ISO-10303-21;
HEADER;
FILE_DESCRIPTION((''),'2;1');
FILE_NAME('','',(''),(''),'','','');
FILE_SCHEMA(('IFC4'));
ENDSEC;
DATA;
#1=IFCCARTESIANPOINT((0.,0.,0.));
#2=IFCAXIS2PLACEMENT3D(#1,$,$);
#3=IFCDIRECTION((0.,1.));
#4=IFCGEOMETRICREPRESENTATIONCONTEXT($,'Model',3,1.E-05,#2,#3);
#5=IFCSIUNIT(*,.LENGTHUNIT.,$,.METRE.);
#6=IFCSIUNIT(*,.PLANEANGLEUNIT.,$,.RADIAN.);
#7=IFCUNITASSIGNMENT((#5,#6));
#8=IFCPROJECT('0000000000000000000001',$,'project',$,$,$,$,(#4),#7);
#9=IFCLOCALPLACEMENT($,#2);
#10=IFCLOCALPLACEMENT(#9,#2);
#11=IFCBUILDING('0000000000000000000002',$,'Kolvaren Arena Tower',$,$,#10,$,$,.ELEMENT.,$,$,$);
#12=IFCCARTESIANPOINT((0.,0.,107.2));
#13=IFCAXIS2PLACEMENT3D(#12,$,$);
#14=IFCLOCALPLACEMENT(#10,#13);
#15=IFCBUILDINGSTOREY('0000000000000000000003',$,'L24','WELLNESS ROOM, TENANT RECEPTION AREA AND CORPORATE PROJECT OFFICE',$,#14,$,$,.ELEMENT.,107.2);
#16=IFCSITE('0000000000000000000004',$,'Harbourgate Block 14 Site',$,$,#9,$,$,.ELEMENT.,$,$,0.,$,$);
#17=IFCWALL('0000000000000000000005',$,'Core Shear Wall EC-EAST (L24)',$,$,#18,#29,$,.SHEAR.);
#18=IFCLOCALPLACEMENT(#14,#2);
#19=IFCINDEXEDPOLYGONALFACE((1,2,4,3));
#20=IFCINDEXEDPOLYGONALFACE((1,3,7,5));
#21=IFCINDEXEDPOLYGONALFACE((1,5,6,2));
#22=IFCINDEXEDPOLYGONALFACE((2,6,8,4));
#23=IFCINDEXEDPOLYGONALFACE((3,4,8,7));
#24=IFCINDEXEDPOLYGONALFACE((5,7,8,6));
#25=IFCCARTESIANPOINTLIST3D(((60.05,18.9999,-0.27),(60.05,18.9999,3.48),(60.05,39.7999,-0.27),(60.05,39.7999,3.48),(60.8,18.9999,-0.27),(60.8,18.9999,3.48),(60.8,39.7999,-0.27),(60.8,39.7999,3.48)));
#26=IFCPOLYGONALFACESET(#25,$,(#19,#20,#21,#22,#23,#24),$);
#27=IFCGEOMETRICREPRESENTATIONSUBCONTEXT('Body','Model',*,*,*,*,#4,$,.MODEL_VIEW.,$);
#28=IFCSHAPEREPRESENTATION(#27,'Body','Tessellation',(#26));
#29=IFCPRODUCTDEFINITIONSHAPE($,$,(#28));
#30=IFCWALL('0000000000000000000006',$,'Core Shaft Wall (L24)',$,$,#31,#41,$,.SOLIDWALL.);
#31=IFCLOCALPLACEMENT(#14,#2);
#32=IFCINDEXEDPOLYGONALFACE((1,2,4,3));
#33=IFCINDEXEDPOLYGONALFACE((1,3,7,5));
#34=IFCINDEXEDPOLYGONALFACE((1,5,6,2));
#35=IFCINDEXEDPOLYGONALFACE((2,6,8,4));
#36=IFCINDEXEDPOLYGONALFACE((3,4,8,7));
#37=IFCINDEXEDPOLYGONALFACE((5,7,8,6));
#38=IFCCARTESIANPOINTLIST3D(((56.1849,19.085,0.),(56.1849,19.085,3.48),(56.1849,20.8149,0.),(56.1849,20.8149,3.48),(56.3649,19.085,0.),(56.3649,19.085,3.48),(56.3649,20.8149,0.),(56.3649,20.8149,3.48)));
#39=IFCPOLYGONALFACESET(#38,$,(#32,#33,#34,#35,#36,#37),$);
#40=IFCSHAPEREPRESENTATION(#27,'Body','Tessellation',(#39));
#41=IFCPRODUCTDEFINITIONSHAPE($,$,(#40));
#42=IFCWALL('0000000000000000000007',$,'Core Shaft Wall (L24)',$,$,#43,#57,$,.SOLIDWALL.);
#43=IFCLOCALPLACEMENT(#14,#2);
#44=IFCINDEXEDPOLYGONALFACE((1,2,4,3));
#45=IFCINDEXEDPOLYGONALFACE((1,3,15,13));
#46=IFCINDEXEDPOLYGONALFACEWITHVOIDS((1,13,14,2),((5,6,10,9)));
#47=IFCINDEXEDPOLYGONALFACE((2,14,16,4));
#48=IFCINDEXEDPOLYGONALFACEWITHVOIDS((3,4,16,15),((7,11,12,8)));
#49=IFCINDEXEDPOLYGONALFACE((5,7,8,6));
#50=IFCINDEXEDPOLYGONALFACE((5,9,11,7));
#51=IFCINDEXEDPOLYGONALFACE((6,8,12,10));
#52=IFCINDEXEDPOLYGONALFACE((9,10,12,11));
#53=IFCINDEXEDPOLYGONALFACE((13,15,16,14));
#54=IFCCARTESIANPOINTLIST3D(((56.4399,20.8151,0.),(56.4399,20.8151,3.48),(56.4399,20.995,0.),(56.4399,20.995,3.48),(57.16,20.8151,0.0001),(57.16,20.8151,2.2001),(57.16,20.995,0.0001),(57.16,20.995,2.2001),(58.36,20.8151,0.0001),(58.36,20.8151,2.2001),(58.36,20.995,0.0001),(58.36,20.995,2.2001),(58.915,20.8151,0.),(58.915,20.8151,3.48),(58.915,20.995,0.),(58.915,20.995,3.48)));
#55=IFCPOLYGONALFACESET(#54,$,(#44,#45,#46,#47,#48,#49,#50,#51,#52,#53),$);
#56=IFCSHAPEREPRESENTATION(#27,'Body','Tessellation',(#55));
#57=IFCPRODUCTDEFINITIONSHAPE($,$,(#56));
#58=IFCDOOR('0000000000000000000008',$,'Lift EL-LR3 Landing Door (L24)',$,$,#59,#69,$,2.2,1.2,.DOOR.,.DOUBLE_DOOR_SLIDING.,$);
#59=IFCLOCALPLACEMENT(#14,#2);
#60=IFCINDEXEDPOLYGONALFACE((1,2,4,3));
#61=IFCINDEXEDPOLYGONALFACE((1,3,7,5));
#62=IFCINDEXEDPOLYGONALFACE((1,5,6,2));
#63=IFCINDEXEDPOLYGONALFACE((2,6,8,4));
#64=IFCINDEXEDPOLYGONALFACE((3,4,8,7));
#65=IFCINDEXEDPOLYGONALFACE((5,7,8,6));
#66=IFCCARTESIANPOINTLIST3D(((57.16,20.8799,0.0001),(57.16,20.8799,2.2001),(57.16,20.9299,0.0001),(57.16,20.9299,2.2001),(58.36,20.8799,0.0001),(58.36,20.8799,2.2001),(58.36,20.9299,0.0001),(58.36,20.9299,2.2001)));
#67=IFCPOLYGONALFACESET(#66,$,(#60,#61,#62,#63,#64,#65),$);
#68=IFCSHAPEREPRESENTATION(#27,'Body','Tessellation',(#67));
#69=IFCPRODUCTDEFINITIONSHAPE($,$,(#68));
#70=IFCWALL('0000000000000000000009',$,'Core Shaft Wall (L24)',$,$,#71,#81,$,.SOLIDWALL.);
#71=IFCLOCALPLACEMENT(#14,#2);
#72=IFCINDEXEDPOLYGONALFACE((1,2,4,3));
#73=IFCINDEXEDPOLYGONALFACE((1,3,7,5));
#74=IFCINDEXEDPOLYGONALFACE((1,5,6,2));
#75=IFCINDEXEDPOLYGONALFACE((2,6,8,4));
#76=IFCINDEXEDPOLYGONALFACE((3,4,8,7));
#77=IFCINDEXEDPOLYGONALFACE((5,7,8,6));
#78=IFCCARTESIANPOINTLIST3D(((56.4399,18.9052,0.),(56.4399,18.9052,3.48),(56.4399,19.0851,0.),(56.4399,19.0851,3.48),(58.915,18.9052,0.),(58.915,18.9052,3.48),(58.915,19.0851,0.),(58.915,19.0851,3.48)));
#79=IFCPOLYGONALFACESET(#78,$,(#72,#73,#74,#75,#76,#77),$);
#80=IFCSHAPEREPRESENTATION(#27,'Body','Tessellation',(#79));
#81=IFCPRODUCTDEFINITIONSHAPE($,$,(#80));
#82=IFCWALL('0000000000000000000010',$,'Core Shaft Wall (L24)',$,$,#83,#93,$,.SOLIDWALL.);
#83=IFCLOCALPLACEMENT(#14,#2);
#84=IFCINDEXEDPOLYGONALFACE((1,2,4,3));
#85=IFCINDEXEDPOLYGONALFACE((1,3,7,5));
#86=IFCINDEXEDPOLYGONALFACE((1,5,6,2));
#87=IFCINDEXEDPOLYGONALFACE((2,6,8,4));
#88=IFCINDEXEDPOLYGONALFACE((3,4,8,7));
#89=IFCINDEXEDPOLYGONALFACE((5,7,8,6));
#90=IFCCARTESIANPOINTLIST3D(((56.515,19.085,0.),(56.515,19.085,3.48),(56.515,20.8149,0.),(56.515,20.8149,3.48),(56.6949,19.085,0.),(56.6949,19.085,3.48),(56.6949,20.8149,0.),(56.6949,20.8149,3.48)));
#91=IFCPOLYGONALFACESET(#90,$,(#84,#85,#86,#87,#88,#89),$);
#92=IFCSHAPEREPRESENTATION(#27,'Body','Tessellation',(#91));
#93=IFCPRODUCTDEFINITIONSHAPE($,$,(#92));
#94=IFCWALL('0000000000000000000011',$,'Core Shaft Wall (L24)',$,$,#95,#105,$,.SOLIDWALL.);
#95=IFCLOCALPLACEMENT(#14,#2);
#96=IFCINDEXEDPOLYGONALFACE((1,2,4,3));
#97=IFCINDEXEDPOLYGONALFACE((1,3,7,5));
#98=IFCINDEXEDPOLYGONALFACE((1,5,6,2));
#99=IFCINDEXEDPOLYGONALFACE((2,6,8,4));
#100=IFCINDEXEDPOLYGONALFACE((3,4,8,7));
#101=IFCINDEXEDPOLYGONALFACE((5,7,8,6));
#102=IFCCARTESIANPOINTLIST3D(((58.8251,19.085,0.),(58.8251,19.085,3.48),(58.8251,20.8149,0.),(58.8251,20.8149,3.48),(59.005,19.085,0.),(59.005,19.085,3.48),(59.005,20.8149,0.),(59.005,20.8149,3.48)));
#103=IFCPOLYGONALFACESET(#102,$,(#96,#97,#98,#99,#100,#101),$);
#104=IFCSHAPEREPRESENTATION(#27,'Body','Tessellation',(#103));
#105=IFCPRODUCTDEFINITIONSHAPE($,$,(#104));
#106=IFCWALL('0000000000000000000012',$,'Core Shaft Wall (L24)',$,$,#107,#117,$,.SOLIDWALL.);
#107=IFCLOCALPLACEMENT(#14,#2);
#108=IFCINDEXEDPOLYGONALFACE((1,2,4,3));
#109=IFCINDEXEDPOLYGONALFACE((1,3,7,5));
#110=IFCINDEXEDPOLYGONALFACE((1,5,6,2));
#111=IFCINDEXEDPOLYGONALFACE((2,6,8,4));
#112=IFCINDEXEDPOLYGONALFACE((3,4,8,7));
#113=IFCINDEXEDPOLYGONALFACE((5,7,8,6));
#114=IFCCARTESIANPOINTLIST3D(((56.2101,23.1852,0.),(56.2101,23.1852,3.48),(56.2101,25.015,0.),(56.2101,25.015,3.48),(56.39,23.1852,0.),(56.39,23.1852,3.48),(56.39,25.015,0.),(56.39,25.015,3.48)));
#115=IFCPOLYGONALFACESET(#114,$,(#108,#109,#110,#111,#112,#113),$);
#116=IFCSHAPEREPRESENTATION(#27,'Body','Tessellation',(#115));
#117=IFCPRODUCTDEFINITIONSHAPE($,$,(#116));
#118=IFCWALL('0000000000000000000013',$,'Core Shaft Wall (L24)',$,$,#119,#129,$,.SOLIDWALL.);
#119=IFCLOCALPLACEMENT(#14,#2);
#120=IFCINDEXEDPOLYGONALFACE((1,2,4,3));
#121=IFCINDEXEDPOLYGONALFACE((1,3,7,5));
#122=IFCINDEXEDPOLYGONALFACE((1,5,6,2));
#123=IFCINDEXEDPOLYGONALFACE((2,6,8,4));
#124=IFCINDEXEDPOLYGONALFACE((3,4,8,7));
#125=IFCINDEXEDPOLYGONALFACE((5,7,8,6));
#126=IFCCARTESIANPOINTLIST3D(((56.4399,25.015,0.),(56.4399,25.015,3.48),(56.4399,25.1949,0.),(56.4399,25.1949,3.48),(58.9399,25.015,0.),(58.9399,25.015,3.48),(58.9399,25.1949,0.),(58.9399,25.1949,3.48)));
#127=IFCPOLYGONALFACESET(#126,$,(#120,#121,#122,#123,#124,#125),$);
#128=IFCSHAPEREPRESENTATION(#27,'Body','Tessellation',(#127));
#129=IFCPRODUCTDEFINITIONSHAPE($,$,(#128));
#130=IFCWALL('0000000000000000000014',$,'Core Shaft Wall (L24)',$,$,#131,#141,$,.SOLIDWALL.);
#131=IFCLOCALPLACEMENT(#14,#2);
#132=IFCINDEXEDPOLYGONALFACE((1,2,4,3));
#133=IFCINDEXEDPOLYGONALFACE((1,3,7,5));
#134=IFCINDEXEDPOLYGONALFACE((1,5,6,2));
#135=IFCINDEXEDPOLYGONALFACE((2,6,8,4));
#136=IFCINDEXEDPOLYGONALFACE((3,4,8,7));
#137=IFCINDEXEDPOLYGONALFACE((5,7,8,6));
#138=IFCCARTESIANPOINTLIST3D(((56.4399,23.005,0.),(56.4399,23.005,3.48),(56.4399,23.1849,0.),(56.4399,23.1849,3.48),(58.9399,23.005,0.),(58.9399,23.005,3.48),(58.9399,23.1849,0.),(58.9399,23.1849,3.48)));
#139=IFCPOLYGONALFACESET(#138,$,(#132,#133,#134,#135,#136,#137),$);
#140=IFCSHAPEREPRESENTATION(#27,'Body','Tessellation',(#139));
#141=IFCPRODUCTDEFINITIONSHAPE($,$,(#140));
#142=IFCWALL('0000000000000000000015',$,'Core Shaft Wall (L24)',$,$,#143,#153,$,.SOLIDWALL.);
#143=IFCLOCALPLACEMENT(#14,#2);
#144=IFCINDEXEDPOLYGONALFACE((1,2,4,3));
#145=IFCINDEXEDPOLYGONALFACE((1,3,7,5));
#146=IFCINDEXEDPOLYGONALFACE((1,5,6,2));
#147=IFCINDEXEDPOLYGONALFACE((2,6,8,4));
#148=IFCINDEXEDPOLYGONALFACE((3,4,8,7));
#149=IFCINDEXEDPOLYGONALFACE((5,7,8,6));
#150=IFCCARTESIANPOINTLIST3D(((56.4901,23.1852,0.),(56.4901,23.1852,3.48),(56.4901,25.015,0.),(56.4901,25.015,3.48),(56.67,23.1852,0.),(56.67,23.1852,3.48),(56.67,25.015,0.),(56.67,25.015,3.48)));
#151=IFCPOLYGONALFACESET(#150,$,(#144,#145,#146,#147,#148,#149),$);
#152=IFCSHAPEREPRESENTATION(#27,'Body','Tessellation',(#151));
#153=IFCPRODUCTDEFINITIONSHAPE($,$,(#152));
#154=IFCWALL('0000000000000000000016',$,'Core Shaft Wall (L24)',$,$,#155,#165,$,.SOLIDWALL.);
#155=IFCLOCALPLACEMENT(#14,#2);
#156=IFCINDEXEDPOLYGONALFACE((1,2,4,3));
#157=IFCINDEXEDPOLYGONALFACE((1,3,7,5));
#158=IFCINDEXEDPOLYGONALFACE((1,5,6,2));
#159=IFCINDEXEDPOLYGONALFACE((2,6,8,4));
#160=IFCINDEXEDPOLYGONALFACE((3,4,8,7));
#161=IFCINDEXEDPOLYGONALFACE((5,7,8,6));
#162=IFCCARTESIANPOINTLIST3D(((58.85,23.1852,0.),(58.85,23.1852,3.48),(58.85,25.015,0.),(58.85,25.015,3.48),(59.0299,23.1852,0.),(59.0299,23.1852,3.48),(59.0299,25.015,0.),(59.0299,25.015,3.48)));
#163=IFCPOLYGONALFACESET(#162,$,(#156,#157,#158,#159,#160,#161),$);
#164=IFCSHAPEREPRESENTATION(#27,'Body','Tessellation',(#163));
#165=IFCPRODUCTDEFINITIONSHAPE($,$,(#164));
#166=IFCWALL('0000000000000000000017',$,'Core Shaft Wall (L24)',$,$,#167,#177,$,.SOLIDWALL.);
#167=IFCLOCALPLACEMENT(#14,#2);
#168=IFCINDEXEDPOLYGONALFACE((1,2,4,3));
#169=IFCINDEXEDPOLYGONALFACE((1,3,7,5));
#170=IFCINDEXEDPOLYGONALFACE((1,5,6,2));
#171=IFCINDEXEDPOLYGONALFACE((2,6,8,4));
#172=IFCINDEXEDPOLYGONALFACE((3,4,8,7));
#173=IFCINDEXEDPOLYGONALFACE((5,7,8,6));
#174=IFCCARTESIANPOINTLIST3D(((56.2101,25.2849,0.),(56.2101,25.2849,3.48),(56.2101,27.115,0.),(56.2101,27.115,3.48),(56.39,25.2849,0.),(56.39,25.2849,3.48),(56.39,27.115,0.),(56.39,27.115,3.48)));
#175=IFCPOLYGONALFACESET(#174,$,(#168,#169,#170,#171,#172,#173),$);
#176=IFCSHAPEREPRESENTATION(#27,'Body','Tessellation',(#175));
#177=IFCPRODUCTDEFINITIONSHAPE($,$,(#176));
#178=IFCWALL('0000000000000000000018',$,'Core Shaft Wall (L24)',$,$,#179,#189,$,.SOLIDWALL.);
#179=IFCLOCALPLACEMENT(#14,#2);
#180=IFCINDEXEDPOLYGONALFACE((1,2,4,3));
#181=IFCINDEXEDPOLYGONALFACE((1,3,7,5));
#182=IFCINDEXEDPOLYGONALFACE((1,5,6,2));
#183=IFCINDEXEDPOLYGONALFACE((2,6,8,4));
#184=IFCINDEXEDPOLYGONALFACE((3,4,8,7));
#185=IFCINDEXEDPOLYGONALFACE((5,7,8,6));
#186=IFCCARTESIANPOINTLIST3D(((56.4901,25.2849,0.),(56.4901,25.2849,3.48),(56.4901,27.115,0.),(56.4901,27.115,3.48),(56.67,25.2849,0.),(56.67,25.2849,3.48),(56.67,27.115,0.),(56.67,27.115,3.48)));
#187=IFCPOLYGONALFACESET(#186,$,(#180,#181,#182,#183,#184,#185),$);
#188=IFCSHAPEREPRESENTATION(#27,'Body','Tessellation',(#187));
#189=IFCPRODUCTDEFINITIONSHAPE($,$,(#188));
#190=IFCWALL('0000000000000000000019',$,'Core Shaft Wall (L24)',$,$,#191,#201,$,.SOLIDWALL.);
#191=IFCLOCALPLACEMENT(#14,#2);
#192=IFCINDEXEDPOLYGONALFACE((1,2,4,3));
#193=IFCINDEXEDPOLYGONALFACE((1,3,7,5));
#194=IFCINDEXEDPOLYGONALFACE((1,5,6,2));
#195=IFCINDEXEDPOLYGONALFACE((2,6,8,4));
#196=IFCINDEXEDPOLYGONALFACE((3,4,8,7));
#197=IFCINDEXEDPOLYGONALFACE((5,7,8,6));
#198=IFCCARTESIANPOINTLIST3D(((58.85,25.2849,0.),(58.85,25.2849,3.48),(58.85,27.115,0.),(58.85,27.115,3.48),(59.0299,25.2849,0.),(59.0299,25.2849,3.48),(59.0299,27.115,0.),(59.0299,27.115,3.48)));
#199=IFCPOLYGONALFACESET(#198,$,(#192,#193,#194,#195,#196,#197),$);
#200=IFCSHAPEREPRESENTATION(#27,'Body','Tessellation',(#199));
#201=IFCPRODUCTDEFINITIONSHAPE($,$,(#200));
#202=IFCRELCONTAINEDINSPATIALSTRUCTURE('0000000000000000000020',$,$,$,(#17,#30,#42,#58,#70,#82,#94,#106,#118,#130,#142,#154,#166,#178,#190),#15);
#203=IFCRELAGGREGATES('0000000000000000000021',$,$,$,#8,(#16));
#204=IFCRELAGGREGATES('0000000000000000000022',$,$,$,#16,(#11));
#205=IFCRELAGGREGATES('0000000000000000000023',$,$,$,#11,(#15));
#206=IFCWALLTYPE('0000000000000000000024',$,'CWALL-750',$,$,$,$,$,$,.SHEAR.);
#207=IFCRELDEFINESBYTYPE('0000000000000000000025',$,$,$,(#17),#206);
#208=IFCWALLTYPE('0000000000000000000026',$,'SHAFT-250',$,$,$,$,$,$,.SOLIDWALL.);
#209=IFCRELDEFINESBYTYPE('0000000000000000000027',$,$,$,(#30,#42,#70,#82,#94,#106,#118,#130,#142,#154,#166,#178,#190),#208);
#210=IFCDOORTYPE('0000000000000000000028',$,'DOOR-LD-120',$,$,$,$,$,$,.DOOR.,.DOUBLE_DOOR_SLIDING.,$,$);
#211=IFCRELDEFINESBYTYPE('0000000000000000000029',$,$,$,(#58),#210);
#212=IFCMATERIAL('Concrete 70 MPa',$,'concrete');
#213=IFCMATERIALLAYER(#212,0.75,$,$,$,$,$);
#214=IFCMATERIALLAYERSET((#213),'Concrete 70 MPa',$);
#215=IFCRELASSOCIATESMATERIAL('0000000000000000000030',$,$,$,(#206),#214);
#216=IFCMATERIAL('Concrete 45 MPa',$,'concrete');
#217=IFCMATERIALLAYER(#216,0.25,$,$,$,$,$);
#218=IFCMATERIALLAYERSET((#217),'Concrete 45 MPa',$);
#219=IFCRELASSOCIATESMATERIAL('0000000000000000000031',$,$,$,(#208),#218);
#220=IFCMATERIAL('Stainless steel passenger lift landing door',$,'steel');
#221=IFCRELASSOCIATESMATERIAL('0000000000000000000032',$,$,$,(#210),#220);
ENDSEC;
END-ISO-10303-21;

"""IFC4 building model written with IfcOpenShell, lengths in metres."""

from ifc_helpers import new_model, si_unit, direction, frame, frame_2d, origin, place, context, subcontext, project, spatial, rectangle, extrude, material, layer, layer_set, type_object, element, fill, save


model = new_model("IFC4")

# Units and contexts
model_context = context("Model", 3, precision=1e-05, world=origin(), true_north=direction((0.0, 1.0)))
body_context = subcontext(model_context, "Body", "Model", "MODEL_VIEW")
ifc_project = project(units=[si_unit("LENGTHUNIT", "METRE"), si_unit("PLANEANGLEUNIT", "RADIAN")], contexts=[model_context])

# Site, building, storey
site_placement = place(None, origin())
site = spatial("IfcSite", under=ifc_project, at=site_placement, Name="Harbourgate Block 14 Site", CompositionType="ELEMENT", RefElevation=0.0)
building_placement = place(site_placement, origin())
building = spatial("IfcBuilding", under=site, at=building_placement, Name="Kolvaren Arena Tower", CompositionType="ELEMENT")
storey_placement = place(building_placement, frame((0.0, 0.0, 107.2)))
storey = spatial("IfcBuildingStorey", under=building, at=storey_placement, Name="L24", Description="WELLNESS ROOM, TENANT RECEPTION AREA AND CORPORATE PROJECT OFFICE", CompositionType="ELEMENT", Elevation=107.2)

# Walls
ifc_material_1 = material(Name="Concrete 70 MPa", Category="concrete")
ifc_layer_1 = layer(ifc_material_1, 0.75)
ifc_layer_set_1 = layer_set([ifc_layer_1], Name="Concrete 70 MPa")
wall_type_1 = type_object("IfcWallType", Name="CWALL-750", PredefinedType="SHEAR", material=ifc_layer_set_1)
wall_1_placement = place(storey_placement, frame((60.425, 19.0, -0.27), z_axis=(0.0, 0.0, 1.0), x_axis=(0.0, 1.0, 0.0)))
element("IfcWall", 1, at=wall_1_placement, inside=storey, type_object=wall_type_1, Name="Core Shear Wall EC-EAST (L24)", PredefinedType="SHEAR", context=body_context, shape_type="SweptSolid", body=[
    extrude(rectangle(XDim=20.8, YDim=0.75, at=frame_2d((10.3999, 0.0))), origin(), (0.0, 0.0, 1.0), 3.75),
])
ifc_material_2 = material(Name="Concrete 45 MPa", Category="concrete")
ifc_layer_2 = layer(ifc_material_2, 0.25)
ifc_layer_set_2 = layer_set([ifc_layer_2], Name="Concrete 45 MPa")
wall_type_2 = type_object("IfcWallType", Name="SHAFT-250", PredefinedType="SOLIDWALL", material=ifc_layer_set_2)
wall_2_placement = place(storey_placement, frame((56.2749, 19.085, 0.0), z_axis=(0.0, 0.0, 1.0), x_axis=(0.0, 1.0, 0.0)))
element("IfcWall", 2, at=wall_2_placement, inside=storey, type_object=wall_type_2, Name="Core Shaft Wall (L24)", PredefinedType="SOLIDWALL", context=body_context, shape_type="SweptSolid", body=[
    extrude(rectangle(XDim=1.73, YDim=0.1799, at=frame_2d((0.865, 0.0))), origin(), (0.0, 0.0, 1.0), 3.48),
])

# Wall, opening, door
wall_3_placement = place(storey_placement, frame((56.4399, 20.905, 0.0), z_axis=(0.0, 0.0, 1.0), x_axis=(1.0, 0.0, 0.0)))
wall_3 = element("IfcWall", 3, at=wall_3_placement, inside=storey, type_object=wall_type_2, Name="Core Shaft Wall (L24)", PredefinedType="SOLIDWALL", context=body_context, shape_type="SweptSolid", body=[
    extrude(rectangle(XDim=2.4751, YDim=0.1799, at=frame_2d((1.2375, 0.0))), origin(), (0.0, 0.0, 1.0), 3.48),
])
opening_placement = place(wall_3_placement, frame((0.72, 0.0, 0.0)))
opening = element("IfcOpeningElement", 4, at=opening_placement, cuts=wall_3, PredefinedType="OPENING", context=body_context, shape_type="SweptSolid", body=[
    extrude(rectangle(XDim=1.2, YDim=2.2, at=frame_2d((0.6001, 1.1001))), frame((0.0, 0.0999, 0.0), z_axis=(0.0, -1.0, 0.0), x_axis=(1.0, 0.0, 0.0)), (0.0, 0.0, 1.0), 0.2),
])
ifc_material_3 = material(Name="Stainless steel passenger lift landing door", Category="steel")
door_type = type_object("IfcDoorType", Name="DOOR-LD-120", OperationType="DOUBLE_DOOR_SLIDING", PredefinedType="DOOR", material=ifc_material_3)
door_placement = place(opening_placement, origin())
door = element("IfcDoor", 5, at=door_placement, inside=storey, type_object=door_type, Name="Lift EL-LR3 Landing Door (L24)", OperationType="DOUBLE_DOOR_SLIDING", OverallHeight=2.2, OverallWidth=1.2, PredefinedType="DOOR", context=body_context, shape_type="SweptSolid", body=[
    extrude(rectangle(XDim=1.2, YDim=2.2, at=frame_2d((0.6001, 1.1001))), frame((0.0, 0.0249, 0.0), z_axis=(0.0, -1.0, 0.0), x_axis=(1.0, 0.0, 0.0)), (0.0, 0.0, 1.0), 0.05),
])
fill(opening, door)

# Walls
wall_4_placement = place(storey_placement, frame((56.4399, 18.9951, 0.0), z_axis=(0.0, 0.0, 1.0), x_axis=(1.0, 0.0, 0.0)))
element("IfcWall", 6, at=wall_4_placement, inside=storey, type_object=wall_type_2, Name="Core Shaft Wall (L24)", PredefinedType="SOLIDWALL", context=body_context, shape_type="SweptSolid", body=[
    extrude(rectangle(XDim=2.4751, YDim=0.1799, at=frame_2d((1.2375, 0.0))), origin(), (0.0, 0.0, 1.0), 3.48),
])
for number, where, z_axis, x_axis, name in (
    (7, (56.605, 19.085, 0.0), (0.0, 0.0, 1.0), (0.0, 1.0, 0.0), "Core Shaft Wall (L24)"),
    (8, (58.915, 19.085, 0.0), (0.0, 0.0, 1.0), (0.0, 1.0, 0.0), "Core Shaft Wall (L24)"),
):
    element("IfcWall", number, at=place(storey_placement, frame(where, z_axis=z_axis, x_axis=x_axis)), inside=storey, type_object=wall_type_2, Name=name, PredefinedType="SOLIDWALL", context=body_context, shape_type="SweptSolid", body=[
        extrude(rectangle(XDim=1.73, YDim=0.1799, at=frame_2d((0.865, 0.0))), origin(), (0.0, 0.0, 1.0), 3.48),
    ])
wall_5_placement = place(storey_placement, frame((56.3, 23.1851, 0.0), z_axis=(0.0, 0.0, 1.0), x_axis=(0.0, 1.0, 0.0)))
element("IfcWall", 9, at=wall_5_placement, inside=storey, type_object=wall_type_2, Name="Core Shaft Wall (L24)", PredefinedType="SOLIDWALL", context=body_context, shape_type="SweptSolid", body=[
    extrude(rectangle(XDim=1.8298, YDim=0.1799, at=frame_2d((0.915, 0.0))), origin(), (0.0, 0.0, 1.0), 3.48),
])
for number, where, z_axis, x_axis, name in (
    (10, (56.4399, 25.105, 0.0), (0.0, 0.0, 1.0), (1.0, 0.0, 0.0), "Core Shaft Wall (L24)"),
    (11, (56.4399, 23.095, 0.0), (0.0, 0.0, 1.0), (1.0, 0.0, 0.0), "Core Shaft Wall (L24)"),
):
    element("IfcWall", number, at=place(storey_placement, frame(where, z_axis=z_axis, x_axis=x_axis)), inside=storey, type_object=wall_type_2, Name=name, PredefinedType="SOLIDWALL", context=body_context, shape_type="SweptSolid", body=[
        extrude(rectangle(XDim=2.5, YDim=0.1799, at=frame_2d((1.25, 0.0))), origin(), (0.0, 0.0, 1.0), 3.48),
    ])
for number, where, z_axis, x_axis, name in (
    (12, (56.5801, 23.1851, 0.0), (0.0, 0.0, 1.0), (0.0, 1.0, 0.0), "Core Shaft Wall (L24)"),
    (13, (58.9399, 23.1851, 0.0), (0.0, 0.0, 1.0), (0.0, 1.0, 0.0), "Core Shaft Wall (L24)"),
):
    element("IfcWall", number, at=place(storey_placement, frame(where, z_axis=z_axis, x_axis=x_axis)), inside=storey, type_object=wall_type_2, Name=name, PredefinedType="SOLIDWALL", context=body_context, shape_type="SweptSolid", body=[
        extrude(rectangle(XDim=1.8298, YDim=0.1799, at=frame_2d((0.915, 0.0))), origin(), (0.0, 0.0, 1.0), 3.48),
    ])
for number, where, z_axis, x_axis, name in (
    (14, (56.3, 25.2849, 0.0), (0.0, 0.0, 1.0), (0.0, 1.0, 0.0), "Core Shaft Wall (L24)"),
    (15, (56.5801, 25.2849, 0.0), (0.0, 0.0, 1.0), (0.0, 1.0, 0.0), "Core Shaft Wall (L24)"),
    (16, (58.9399, 25.2849, 0.0), (0.0, 0.0, 1.0), (0.0, 1.0, 0.0), "Core Shaft Wall (L24)"),
):
    element("IfcWall", number, at=place(storey_placement, frame(where, z_axis=z_axis, x_axis=x_axis)), inside=storey, type_object=wall_type_2, Name=name, PredefinedType="SOLIDWALL", context=body_context, shape_type="SweptSolid", body=[
        extrude(rectangle(XDim=1.8301, YDim=0.1799, at=frame_2d((0.915, 0.0))), origin(), (0.0, 0.0, 1.0), 3.48),
    ])

save(model, "model.ifc")
